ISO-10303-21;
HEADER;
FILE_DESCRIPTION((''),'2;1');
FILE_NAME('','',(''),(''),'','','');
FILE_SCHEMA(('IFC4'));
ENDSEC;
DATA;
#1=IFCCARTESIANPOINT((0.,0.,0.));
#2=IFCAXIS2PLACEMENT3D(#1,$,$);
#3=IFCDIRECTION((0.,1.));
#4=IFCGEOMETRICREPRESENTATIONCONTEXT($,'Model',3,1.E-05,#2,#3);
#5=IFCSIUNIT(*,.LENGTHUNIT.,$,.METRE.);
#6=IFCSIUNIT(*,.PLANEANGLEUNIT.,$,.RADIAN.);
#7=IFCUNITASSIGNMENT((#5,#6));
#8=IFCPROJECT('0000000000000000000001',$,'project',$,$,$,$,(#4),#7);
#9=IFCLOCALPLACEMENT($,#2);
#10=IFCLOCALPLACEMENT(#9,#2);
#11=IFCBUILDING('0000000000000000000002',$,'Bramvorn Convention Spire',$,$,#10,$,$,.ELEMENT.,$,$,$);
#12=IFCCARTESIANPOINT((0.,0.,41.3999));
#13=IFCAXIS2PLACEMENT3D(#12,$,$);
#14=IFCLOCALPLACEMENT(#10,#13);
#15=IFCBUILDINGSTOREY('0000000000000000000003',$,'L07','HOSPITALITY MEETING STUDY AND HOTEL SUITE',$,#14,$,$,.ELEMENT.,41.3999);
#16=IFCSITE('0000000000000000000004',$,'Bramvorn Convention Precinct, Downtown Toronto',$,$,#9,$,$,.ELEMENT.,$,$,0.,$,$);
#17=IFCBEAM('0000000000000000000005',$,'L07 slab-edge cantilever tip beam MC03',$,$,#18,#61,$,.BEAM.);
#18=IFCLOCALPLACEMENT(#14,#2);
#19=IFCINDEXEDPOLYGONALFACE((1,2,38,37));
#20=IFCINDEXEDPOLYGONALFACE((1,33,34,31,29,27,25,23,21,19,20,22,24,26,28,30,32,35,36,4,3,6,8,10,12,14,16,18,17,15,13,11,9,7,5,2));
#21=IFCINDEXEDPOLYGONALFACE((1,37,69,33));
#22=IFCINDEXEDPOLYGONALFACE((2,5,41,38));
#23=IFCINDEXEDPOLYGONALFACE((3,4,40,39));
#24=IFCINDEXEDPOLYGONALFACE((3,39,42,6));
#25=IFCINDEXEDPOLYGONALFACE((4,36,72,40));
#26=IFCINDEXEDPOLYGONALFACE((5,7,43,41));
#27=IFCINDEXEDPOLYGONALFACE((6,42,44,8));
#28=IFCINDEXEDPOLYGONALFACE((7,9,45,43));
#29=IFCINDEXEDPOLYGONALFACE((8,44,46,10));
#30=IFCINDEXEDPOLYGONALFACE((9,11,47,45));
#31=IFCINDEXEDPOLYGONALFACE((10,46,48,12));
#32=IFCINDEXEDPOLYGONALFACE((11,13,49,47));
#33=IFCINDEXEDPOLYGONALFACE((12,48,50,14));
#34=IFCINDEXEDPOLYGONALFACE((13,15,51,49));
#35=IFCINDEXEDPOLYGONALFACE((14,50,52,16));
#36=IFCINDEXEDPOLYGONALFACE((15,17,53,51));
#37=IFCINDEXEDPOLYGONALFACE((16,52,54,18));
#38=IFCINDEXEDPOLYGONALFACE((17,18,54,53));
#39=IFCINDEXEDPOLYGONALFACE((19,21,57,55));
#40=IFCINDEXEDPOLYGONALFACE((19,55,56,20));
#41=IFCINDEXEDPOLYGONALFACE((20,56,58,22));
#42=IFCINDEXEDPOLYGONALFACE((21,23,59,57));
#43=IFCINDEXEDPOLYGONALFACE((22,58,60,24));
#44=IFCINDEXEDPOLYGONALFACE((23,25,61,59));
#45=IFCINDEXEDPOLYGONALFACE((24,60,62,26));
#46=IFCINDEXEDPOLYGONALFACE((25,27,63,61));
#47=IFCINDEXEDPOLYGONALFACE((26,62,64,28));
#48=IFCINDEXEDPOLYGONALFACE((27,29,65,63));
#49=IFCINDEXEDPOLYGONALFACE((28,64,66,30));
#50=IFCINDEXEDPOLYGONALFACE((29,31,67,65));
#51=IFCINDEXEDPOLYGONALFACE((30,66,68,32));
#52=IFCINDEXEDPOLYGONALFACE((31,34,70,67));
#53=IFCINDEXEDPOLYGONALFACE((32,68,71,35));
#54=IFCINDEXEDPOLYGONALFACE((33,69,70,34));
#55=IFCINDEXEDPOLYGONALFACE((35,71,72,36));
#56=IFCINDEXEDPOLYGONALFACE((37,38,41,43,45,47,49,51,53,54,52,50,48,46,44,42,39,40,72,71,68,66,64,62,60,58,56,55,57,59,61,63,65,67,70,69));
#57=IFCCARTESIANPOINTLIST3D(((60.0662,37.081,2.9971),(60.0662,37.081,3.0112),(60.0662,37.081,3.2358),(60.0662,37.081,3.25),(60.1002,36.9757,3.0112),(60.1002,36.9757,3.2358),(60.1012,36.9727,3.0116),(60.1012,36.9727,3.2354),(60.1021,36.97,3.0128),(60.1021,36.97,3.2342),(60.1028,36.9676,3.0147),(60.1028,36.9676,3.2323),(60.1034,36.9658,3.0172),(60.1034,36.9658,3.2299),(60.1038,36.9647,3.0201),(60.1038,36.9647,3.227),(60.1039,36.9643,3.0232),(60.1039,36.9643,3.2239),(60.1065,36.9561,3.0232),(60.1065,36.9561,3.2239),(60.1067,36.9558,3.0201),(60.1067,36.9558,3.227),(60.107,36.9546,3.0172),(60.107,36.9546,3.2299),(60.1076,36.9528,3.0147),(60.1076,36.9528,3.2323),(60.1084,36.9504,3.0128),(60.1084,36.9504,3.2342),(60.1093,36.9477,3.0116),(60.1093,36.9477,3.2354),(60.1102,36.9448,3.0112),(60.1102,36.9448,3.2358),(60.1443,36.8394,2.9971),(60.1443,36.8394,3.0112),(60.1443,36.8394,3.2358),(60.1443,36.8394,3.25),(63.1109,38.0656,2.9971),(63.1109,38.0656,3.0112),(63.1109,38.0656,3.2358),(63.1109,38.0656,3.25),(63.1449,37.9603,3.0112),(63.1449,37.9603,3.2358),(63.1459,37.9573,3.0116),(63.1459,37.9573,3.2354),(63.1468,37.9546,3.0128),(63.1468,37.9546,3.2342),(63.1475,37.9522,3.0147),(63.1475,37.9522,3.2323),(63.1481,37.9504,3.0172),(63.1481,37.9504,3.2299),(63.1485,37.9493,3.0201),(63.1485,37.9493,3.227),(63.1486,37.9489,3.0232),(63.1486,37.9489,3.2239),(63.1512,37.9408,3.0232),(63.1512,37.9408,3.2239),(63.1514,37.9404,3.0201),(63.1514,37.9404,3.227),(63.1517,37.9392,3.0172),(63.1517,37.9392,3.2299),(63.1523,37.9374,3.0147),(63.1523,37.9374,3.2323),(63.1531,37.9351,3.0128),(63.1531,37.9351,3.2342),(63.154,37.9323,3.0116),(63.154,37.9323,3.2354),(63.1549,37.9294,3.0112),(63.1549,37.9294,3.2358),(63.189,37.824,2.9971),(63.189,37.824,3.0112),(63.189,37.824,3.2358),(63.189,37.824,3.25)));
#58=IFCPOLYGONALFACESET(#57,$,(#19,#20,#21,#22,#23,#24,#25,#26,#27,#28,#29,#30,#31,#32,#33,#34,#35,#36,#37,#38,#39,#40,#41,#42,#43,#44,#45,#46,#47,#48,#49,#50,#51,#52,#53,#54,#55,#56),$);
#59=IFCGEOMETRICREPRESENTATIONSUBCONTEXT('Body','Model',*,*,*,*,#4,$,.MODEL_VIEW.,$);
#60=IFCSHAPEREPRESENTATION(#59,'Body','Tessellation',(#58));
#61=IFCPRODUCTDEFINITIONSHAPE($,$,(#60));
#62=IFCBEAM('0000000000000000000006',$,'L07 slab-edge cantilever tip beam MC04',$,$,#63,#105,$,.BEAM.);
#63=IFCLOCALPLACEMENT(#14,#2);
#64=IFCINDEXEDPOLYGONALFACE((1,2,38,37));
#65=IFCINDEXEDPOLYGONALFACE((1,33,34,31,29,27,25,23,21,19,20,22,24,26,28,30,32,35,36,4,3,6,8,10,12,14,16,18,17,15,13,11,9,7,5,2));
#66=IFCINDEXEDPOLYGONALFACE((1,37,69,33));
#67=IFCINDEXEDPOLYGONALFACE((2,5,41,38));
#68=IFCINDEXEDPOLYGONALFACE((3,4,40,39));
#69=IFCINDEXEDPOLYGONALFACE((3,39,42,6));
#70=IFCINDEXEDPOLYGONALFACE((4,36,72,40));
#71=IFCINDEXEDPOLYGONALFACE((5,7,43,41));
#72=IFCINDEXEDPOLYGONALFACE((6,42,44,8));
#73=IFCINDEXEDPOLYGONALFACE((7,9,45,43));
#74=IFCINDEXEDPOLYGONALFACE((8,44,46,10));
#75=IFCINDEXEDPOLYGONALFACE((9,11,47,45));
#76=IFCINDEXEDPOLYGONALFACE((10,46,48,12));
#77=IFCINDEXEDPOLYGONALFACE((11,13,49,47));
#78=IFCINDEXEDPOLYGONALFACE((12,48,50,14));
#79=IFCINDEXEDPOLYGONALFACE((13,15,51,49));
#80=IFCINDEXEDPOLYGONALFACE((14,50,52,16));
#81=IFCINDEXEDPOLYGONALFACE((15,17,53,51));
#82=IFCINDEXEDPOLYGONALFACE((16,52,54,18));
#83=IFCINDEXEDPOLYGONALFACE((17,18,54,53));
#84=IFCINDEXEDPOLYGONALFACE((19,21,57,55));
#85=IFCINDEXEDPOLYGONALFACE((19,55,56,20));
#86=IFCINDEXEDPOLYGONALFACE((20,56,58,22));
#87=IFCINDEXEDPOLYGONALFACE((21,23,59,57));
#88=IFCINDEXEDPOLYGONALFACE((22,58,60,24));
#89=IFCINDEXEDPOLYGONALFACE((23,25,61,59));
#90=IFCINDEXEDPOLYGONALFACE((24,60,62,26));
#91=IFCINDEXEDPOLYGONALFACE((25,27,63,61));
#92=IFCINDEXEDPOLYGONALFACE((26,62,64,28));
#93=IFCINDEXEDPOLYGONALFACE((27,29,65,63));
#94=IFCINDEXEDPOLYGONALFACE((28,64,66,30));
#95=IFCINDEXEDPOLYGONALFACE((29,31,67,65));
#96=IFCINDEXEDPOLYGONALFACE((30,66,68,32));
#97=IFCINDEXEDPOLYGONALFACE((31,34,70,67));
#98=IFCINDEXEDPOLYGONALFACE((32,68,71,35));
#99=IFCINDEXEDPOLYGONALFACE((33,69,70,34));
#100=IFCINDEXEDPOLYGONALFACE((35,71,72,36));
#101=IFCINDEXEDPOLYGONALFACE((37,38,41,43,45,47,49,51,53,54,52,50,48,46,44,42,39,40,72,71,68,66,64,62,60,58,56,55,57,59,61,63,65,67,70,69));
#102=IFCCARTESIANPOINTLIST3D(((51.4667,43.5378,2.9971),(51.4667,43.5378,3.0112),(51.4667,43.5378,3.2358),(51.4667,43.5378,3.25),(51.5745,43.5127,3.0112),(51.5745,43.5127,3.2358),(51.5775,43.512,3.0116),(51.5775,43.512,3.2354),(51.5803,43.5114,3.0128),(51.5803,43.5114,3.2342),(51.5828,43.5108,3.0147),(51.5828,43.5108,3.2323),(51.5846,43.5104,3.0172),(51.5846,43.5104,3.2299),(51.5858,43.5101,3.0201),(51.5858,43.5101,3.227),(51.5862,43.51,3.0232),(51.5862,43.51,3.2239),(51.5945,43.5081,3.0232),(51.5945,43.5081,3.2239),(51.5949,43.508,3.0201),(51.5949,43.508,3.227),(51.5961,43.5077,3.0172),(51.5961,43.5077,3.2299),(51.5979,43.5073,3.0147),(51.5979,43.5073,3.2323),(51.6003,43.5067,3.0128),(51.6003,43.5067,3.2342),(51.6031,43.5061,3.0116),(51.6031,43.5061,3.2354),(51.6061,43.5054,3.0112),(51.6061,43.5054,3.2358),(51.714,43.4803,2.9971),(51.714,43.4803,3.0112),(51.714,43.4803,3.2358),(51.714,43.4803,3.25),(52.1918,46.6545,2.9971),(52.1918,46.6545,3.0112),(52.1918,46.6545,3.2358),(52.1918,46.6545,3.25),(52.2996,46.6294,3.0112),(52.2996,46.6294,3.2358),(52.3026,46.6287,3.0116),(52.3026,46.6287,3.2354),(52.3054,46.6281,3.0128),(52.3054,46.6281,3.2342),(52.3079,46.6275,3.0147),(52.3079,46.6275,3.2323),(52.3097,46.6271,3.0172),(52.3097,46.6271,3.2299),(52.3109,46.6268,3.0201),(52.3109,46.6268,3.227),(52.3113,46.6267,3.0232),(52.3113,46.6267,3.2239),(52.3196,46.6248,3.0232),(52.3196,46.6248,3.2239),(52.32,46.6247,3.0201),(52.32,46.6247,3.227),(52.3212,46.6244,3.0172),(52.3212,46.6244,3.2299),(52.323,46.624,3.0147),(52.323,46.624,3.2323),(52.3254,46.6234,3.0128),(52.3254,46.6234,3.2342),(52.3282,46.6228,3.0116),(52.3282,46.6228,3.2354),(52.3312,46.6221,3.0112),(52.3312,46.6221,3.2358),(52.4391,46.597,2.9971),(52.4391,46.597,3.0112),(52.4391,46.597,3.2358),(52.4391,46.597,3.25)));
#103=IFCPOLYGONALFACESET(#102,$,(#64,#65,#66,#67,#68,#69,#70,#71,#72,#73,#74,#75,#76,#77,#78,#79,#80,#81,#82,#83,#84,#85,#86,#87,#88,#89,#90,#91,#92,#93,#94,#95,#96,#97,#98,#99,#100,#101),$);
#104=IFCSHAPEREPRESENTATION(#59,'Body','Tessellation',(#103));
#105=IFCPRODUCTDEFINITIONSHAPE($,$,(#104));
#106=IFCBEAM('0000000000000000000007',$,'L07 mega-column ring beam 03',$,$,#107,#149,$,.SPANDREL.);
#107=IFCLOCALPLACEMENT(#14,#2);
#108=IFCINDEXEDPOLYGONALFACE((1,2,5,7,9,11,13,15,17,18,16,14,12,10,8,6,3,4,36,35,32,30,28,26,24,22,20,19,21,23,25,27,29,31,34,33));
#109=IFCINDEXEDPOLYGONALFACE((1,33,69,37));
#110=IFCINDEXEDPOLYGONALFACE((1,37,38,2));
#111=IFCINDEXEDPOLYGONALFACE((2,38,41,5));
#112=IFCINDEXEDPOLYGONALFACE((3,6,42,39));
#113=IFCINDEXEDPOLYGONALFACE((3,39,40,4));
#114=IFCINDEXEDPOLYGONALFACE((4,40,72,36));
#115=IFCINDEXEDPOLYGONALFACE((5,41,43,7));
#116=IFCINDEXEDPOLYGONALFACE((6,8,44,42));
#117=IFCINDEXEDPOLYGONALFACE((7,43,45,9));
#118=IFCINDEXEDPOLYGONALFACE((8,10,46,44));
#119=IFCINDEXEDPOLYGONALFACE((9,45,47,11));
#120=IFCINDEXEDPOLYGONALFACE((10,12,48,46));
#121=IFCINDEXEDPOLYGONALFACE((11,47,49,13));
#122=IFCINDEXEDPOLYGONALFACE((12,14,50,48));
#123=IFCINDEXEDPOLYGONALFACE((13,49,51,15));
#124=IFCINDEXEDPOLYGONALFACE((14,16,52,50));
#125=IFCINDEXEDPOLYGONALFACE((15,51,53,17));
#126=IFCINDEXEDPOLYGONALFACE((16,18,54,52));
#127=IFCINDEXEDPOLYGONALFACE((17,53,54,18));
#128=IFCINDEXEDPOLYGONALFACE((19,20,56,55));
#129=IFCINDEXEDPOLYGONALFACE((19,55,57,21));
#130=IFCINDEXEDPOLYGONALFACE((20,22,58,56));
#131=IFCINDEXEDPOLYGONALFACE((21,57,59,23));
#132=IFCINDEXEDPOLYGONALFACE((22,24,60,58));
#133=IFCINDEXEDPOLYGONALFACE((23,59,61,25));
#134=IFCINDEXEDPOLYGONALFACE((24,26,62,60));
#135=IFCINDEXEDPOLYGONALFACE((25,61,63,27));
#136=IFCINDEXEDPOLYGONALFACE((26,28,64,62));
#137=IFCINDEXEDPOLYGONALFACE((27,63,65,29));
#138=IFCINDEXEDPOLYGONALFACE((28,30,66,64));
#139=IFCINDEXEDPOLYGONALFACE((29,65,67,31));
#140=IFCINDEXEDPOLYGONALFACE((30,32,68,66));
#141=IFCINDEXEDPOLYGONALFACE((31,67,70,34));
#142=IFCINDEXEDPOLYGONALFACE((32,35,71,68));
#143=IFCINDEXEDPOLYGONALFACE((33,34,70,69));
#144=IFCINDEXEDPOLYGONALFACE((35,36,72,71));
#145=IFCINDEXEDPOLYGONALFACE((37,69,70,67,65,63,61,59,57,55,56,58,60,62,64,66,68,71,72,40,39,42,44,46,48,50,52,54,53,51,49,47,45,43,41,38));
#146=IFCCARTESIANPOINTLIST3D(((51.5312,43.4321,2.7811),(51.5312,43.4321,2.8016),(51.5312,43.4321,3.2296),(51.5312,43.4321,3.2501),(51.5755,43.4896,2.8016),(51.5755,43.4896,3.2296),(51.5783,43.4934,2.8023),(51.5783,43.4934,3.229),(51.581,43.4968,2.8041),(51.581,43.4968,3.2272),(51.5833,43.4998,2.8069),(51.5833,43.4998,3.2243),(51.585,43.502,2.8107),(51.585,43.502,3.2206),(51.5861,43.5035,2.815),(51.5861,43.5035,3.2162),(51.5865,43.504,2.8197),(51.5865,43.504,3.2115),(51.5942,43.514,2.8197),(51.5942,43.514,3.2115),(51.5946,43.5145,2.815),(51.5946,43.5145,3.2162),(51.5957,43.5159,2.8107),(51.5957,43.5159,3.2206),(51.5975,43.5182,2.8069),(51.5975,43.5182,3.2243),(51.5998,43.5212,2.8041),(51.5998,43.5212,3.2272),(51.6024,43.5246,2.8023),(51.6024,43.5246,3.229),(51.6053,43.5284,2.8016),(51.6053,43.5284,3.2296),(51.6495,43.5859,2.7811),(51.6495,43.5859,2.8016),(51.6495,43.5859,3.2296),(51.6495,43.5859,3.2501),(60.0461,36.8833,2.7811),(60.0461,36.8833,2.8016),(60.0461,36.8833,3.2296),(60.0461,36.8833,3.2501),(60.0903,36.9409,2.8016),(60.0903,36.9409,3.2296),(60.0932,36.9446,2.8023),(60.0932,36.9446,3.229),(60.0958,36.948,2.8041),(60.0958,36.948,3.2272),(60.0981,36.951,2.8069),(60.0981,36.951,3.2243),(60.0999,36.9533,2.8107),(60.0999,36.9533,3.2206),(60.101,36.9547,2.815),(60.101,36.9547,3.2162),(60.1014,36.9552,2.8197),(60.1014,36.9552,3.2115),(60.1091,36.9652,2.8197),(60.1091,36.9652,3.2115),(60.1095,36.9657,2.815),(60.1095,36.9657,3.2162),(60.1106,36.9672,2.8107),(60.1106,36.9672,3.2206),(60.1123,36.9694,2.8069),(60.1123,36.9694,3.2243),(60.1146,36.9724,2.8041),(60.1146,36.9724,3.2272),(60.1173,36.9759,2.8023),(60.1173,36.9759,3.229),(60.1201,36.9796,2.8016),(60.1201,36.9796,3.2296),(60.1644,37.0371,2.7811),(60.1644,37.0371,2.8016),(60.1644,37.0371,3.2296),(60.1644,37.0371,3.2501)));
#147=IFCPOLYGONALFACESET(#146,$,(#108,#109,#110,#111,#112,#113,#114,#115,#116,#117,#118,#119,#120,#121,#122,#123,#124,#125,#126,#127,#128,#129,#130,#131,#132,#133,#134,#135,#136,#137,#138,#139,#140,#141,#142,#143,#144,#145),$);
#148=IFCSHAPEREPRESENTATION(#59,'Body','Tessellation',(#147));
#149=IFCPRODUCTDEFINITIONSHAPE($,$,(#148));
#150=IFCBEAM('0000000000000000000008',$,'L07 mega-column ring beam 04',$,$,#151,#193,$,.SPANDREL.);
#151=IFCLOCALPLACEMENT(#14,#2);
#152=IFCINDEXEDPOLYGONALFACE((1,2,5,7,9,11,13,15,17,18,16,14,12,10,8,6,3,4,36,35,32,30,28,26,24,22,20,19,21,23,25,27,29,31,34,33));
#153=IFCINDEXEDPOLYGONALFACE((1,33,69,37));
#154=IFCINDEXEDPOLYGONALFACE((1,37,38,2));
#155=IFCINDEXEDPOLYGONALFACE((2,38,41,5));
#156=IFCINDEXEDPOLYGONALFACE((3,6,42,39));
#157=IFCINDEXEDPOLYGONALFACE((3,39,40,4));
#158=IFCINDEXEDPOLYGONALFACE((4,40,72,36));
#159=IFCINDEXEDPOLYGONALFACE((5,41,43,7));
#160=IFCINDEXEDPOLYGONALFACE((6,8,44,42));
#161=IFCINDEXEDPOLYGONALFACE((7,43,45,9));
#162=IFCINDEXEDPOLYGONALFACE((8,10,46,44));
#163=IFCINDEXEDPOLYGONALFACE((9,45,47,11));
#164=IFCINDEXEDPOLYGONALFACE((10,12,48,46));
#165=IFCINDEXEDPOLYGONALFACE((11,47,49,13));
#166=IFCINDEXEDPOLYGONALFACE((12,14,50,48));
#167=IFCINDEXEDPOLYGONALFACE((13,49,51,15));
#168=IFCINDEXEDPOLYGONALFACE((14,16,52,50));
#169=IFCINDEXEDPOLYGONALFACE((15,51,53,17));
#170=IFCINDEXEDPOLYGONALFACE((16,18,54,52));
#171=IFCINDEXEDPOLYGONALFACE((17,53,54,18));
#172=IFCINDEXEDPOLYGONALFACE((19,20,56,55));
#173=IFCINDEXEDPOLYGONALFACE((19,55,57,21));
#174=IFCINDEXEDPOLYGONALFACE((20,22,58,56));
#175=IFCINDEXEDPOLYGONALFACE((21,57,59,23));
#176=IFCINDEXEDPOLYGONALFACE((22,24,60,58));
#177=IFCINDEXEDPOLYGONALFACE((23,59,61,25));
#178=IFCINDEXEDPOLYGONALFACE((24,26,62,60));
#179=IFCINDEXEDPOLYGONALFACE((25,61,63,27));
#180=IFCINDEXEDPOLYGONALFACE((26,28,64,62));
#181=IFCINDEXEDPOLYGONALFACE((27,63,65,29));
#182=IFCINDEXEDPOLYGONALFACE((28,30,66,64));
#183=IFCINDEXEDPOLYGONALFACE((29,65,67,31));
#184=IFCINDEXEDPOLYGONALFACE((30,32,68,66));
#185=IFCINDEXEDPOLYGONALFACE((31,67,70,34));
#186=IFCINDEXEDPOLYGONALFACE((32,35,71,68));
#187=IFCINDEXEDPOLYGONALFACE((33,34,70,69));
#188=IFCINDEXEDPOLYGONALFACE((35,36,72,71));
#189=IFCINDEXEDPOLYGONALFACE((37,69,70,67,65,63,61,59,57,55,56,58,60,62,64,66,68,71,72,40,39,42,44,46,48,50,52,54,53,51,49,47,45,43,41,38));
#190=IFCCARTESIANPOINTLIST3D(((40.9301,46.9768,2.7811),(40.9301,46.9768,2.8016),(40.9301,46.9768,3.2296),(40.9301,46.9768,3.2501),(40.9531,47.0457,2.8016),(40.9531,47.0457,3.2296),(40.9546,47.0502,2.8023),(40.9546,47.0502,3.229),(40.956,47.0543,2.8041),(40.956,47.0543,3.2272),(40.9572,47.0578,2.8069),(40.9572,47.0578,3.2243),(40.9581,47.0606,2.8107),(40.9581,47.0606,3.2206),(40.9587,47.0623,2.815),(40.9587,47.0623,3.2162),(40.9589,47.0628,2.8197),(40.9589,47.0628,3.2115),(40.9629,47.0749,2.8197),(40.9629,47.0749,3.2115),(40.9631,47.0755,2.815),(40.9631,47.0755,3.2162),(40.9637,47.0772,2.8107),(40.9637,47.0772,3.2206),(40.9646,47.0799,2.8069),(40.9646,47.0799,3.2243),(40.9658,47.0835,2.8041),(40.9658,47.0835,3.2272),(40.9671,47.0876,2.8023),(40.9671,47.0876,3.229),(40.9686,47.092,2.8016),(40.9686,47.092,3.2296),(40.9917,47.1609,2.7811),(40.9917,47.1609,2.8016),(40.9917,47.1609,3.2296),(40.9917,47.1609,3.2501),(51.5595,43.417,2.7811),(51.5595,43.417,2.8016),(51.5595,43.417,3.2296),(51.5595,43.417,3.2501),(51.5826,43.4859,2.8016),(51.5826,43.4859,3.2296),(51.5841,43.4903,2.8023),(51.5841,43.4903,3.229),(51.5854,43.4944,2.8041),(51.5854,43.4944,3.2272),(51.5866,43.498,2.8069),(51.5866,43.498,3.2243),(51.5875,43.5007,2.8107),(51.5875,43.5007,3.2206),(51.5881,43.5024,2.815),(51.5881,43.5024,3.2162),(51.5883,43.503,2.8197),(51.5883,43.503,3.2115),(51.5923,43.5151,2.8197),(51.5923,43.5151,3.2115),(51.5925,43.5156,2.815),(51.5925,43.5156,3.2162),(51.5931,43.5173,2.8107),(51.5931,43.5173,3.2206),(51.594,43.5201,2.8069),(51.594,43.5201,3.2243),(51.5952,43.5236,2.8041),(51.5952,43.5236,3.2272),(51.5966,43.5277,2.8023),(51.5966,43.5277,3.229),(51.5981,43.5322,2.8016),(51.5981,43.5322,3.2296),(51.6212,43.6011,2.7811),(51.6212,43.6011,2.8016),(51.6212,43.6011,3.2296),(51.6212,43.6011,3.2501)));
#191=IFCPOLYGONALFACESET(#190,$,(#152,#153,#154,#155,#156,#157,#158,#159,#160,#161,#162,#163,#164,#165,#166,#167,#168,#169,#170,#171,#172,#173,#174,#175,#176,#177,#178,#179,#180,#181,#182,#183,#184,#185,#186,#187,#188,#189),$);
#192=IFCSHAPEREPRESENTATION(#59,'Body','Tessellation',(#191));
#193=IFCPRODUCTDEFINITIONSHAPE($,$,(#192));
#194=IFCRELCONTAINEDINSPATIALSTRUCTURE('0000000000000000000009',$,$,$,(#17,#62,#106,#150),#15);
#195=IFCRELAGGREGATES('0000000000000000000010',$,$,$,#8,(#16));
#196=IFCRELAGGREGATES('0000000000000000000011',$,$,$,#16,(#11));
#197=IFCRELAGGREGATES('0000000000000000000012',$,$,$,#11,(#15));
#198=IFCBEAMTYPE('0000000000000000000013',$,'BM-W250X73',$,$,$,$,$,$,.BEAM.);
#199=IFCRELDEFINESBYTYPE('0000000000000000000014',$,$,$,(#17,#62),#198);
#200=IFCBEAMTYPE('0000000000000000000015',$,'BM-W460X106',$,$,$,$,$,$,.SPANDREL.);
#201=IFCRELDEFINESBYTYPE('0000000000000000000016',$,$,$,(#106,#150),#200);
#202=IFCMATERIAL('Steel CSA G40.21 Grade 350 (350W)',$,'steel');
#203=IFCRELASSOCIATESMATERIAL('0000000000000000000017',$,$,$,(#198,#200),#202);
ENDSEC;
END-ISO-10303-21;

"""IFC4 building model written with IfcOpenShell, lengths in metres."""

from ifc_helpers import new_model, si_unit, direction, frame, origin, origin_2d, place, context, subcontext, project, spatial, i_section, extrude, material, material_profile, profile_set, type_object, element, save


model = new_model("IFC4")

# Units and contexts
model_context = context("Model", 3, precision=1e-05, world=origin(), true_north=direction((0.0, 1.0)))
body_context = subcontext(model_context, "Body", "Model", "MODEL_VIEW")
ifc_project = project(units=[si_unit("LENGTHUNIT", "METRE"), si_unit("PLANEANGLEUNIT", "RADIAN")], contexts=[model_context])

# Site, building, storey
site_placement = place(None, origin())
site = spatial("IfcSite", under=ifc_project, at=site_placement, Name="Bramvorn Convention Precinct, Downtown Toronto", CompositionType="ELEMENT", RefElevation=0.0)
building_placement = place(site_placement, origin())
building = spatial("IfcBuilding", under=site, at=building_placement, Name="Bramvorn Convention Spire", CompositionType="ELEMENT")
storey_placement = place(building_placement, frame((0.0, 0.0, 41.3999)))
storey = spatial("IfcBuildingStorey", under=building, at=storey_placement, Name="L07", Description="HOSPITALITY MEETING STUDY AND HOTEL SUITE", CompositionType="ELEMENT", Elevation=41.3999)

# Shared definitions
ifc_material_1 = material(Name="Steel CSA G40.21 Grade 350 (350W)", Category="steel")

# Beams
ifc_material_profile_1 = material_profile(ifc_material_1, i_section(OverallWidth=0.2539, OverallDepth=0.2529, WebThickness=0.0085, FlangeThickness=0.0142, FilletRadius=0.012, at=origin_2d()))
ifc_profile_set_1 = profile_set([ifc_material_profile_1], Name="Steel CSA G40.21 Grade 350 (350W) - W250X73")
beam_type_1 = type_object("IfcBeamType", Name="BM-W250X73", PredefinedType="BEAM", material=ifc_profile_set_1)
for number, where, z_axis, x_axis, name in (
    (1, (60.1052, 36.9602, 3.1235), (0.951483, 0.3077, 0.0), (-0.3077, 0.951483, 0.0), "L07 slab-edge cantilever tip beam MC03"),
    (2, (51.5903, 43.509, 3.1235), (0.226598, 0.973988, 0.0), (-0.973988, 0.226598, 0.0), "L07 slab-edge cantilever tip beam MC04"),
):
    element("IfcBeam", number, at=place(storey_placement, frame(where, z_axis=z_axis, x_axis=x_axis)), inside=storey, type_object=beam_type_1, Name=name, PredefinedType="BEAM", context=body_context, shape_type="SweptSolid", body=[
        extrude(i_section(OverallWidth=0.2539, OverallDepth=0.2529, WebThickness=0.0085, FlangeThickness=0.0142, FilletRadius=0.012, at=origin_2d()), origin(), (0.0, 0.0, 1.0), 3.2),
    ])
ifc_material_profile_2 = material_profile(ifc_material_1, i_section(OverallWidth=0.1941, OverallDepth=0.469, WebThickness=0.0127, FlangeThickness=0.0205, FilletRadius=0.0181, at=origin_2d()))
ifc_profile_set_2 = profile_set([ifc_material_profile_2], Name="Steel CSA G40.21 Grade 350 (350W) - W460X106")
beam_type_2 = type_object("IfcBeamType", Name="BM-W460X106", PredefinedType="SPANDREL", material=ifc_profile_set_2)
beam_1_placement = place(storey_placement, frame((60.1052, 36.9602, 3.0156), z_axis=(-0.792673, 0.609647, 0.0), x_axis=(-0.609647, -0.792673, 0.0)))
element("IfcBeam", 3, at=beam_1_placement, inside=storey, type_object=beam_type_2, Name="L07 mega-column ring beam 03", PredefinedType="SPANDREL", context=body_context, shape_type="SweptSolid", body=[
    extrude(i_section(OverallWidth=0.1941, OverallDepth=0.469, WebThickness=0.0127, FlangeThickness=0.0205, FilletRadius=0.0181, at=origin_2d()), origin(), (0.0, 0.0, 1.0), 10.7419),
])
beam_2_placement = place(storey_placement, frame((51.5903, 43.509, 3.0156), z_axis=(-0.948236, 0.317567, 0.0), x_axis=(-0.317567, -0.948236, 0.0)))
element("IfcBeam", 4, at=beam_2_placement, inside=storey, type_object=beam_type_2, Name="L07 mega-column ring beam 04", PredefinedType="SPANDREL", context=body_context, shape_type="SweptSolid", body=[
    extrude(i_section(OverallWidth=0.1941, OverallDepth=0.469, WebThickness=0.0127, FlangeThickness=0.0205, FilletRadius=0.0181, at=origin_2d()), origin(), (0.0, 0.0, 1.0), 11.2097),
])

save(model, "model.ifc")
